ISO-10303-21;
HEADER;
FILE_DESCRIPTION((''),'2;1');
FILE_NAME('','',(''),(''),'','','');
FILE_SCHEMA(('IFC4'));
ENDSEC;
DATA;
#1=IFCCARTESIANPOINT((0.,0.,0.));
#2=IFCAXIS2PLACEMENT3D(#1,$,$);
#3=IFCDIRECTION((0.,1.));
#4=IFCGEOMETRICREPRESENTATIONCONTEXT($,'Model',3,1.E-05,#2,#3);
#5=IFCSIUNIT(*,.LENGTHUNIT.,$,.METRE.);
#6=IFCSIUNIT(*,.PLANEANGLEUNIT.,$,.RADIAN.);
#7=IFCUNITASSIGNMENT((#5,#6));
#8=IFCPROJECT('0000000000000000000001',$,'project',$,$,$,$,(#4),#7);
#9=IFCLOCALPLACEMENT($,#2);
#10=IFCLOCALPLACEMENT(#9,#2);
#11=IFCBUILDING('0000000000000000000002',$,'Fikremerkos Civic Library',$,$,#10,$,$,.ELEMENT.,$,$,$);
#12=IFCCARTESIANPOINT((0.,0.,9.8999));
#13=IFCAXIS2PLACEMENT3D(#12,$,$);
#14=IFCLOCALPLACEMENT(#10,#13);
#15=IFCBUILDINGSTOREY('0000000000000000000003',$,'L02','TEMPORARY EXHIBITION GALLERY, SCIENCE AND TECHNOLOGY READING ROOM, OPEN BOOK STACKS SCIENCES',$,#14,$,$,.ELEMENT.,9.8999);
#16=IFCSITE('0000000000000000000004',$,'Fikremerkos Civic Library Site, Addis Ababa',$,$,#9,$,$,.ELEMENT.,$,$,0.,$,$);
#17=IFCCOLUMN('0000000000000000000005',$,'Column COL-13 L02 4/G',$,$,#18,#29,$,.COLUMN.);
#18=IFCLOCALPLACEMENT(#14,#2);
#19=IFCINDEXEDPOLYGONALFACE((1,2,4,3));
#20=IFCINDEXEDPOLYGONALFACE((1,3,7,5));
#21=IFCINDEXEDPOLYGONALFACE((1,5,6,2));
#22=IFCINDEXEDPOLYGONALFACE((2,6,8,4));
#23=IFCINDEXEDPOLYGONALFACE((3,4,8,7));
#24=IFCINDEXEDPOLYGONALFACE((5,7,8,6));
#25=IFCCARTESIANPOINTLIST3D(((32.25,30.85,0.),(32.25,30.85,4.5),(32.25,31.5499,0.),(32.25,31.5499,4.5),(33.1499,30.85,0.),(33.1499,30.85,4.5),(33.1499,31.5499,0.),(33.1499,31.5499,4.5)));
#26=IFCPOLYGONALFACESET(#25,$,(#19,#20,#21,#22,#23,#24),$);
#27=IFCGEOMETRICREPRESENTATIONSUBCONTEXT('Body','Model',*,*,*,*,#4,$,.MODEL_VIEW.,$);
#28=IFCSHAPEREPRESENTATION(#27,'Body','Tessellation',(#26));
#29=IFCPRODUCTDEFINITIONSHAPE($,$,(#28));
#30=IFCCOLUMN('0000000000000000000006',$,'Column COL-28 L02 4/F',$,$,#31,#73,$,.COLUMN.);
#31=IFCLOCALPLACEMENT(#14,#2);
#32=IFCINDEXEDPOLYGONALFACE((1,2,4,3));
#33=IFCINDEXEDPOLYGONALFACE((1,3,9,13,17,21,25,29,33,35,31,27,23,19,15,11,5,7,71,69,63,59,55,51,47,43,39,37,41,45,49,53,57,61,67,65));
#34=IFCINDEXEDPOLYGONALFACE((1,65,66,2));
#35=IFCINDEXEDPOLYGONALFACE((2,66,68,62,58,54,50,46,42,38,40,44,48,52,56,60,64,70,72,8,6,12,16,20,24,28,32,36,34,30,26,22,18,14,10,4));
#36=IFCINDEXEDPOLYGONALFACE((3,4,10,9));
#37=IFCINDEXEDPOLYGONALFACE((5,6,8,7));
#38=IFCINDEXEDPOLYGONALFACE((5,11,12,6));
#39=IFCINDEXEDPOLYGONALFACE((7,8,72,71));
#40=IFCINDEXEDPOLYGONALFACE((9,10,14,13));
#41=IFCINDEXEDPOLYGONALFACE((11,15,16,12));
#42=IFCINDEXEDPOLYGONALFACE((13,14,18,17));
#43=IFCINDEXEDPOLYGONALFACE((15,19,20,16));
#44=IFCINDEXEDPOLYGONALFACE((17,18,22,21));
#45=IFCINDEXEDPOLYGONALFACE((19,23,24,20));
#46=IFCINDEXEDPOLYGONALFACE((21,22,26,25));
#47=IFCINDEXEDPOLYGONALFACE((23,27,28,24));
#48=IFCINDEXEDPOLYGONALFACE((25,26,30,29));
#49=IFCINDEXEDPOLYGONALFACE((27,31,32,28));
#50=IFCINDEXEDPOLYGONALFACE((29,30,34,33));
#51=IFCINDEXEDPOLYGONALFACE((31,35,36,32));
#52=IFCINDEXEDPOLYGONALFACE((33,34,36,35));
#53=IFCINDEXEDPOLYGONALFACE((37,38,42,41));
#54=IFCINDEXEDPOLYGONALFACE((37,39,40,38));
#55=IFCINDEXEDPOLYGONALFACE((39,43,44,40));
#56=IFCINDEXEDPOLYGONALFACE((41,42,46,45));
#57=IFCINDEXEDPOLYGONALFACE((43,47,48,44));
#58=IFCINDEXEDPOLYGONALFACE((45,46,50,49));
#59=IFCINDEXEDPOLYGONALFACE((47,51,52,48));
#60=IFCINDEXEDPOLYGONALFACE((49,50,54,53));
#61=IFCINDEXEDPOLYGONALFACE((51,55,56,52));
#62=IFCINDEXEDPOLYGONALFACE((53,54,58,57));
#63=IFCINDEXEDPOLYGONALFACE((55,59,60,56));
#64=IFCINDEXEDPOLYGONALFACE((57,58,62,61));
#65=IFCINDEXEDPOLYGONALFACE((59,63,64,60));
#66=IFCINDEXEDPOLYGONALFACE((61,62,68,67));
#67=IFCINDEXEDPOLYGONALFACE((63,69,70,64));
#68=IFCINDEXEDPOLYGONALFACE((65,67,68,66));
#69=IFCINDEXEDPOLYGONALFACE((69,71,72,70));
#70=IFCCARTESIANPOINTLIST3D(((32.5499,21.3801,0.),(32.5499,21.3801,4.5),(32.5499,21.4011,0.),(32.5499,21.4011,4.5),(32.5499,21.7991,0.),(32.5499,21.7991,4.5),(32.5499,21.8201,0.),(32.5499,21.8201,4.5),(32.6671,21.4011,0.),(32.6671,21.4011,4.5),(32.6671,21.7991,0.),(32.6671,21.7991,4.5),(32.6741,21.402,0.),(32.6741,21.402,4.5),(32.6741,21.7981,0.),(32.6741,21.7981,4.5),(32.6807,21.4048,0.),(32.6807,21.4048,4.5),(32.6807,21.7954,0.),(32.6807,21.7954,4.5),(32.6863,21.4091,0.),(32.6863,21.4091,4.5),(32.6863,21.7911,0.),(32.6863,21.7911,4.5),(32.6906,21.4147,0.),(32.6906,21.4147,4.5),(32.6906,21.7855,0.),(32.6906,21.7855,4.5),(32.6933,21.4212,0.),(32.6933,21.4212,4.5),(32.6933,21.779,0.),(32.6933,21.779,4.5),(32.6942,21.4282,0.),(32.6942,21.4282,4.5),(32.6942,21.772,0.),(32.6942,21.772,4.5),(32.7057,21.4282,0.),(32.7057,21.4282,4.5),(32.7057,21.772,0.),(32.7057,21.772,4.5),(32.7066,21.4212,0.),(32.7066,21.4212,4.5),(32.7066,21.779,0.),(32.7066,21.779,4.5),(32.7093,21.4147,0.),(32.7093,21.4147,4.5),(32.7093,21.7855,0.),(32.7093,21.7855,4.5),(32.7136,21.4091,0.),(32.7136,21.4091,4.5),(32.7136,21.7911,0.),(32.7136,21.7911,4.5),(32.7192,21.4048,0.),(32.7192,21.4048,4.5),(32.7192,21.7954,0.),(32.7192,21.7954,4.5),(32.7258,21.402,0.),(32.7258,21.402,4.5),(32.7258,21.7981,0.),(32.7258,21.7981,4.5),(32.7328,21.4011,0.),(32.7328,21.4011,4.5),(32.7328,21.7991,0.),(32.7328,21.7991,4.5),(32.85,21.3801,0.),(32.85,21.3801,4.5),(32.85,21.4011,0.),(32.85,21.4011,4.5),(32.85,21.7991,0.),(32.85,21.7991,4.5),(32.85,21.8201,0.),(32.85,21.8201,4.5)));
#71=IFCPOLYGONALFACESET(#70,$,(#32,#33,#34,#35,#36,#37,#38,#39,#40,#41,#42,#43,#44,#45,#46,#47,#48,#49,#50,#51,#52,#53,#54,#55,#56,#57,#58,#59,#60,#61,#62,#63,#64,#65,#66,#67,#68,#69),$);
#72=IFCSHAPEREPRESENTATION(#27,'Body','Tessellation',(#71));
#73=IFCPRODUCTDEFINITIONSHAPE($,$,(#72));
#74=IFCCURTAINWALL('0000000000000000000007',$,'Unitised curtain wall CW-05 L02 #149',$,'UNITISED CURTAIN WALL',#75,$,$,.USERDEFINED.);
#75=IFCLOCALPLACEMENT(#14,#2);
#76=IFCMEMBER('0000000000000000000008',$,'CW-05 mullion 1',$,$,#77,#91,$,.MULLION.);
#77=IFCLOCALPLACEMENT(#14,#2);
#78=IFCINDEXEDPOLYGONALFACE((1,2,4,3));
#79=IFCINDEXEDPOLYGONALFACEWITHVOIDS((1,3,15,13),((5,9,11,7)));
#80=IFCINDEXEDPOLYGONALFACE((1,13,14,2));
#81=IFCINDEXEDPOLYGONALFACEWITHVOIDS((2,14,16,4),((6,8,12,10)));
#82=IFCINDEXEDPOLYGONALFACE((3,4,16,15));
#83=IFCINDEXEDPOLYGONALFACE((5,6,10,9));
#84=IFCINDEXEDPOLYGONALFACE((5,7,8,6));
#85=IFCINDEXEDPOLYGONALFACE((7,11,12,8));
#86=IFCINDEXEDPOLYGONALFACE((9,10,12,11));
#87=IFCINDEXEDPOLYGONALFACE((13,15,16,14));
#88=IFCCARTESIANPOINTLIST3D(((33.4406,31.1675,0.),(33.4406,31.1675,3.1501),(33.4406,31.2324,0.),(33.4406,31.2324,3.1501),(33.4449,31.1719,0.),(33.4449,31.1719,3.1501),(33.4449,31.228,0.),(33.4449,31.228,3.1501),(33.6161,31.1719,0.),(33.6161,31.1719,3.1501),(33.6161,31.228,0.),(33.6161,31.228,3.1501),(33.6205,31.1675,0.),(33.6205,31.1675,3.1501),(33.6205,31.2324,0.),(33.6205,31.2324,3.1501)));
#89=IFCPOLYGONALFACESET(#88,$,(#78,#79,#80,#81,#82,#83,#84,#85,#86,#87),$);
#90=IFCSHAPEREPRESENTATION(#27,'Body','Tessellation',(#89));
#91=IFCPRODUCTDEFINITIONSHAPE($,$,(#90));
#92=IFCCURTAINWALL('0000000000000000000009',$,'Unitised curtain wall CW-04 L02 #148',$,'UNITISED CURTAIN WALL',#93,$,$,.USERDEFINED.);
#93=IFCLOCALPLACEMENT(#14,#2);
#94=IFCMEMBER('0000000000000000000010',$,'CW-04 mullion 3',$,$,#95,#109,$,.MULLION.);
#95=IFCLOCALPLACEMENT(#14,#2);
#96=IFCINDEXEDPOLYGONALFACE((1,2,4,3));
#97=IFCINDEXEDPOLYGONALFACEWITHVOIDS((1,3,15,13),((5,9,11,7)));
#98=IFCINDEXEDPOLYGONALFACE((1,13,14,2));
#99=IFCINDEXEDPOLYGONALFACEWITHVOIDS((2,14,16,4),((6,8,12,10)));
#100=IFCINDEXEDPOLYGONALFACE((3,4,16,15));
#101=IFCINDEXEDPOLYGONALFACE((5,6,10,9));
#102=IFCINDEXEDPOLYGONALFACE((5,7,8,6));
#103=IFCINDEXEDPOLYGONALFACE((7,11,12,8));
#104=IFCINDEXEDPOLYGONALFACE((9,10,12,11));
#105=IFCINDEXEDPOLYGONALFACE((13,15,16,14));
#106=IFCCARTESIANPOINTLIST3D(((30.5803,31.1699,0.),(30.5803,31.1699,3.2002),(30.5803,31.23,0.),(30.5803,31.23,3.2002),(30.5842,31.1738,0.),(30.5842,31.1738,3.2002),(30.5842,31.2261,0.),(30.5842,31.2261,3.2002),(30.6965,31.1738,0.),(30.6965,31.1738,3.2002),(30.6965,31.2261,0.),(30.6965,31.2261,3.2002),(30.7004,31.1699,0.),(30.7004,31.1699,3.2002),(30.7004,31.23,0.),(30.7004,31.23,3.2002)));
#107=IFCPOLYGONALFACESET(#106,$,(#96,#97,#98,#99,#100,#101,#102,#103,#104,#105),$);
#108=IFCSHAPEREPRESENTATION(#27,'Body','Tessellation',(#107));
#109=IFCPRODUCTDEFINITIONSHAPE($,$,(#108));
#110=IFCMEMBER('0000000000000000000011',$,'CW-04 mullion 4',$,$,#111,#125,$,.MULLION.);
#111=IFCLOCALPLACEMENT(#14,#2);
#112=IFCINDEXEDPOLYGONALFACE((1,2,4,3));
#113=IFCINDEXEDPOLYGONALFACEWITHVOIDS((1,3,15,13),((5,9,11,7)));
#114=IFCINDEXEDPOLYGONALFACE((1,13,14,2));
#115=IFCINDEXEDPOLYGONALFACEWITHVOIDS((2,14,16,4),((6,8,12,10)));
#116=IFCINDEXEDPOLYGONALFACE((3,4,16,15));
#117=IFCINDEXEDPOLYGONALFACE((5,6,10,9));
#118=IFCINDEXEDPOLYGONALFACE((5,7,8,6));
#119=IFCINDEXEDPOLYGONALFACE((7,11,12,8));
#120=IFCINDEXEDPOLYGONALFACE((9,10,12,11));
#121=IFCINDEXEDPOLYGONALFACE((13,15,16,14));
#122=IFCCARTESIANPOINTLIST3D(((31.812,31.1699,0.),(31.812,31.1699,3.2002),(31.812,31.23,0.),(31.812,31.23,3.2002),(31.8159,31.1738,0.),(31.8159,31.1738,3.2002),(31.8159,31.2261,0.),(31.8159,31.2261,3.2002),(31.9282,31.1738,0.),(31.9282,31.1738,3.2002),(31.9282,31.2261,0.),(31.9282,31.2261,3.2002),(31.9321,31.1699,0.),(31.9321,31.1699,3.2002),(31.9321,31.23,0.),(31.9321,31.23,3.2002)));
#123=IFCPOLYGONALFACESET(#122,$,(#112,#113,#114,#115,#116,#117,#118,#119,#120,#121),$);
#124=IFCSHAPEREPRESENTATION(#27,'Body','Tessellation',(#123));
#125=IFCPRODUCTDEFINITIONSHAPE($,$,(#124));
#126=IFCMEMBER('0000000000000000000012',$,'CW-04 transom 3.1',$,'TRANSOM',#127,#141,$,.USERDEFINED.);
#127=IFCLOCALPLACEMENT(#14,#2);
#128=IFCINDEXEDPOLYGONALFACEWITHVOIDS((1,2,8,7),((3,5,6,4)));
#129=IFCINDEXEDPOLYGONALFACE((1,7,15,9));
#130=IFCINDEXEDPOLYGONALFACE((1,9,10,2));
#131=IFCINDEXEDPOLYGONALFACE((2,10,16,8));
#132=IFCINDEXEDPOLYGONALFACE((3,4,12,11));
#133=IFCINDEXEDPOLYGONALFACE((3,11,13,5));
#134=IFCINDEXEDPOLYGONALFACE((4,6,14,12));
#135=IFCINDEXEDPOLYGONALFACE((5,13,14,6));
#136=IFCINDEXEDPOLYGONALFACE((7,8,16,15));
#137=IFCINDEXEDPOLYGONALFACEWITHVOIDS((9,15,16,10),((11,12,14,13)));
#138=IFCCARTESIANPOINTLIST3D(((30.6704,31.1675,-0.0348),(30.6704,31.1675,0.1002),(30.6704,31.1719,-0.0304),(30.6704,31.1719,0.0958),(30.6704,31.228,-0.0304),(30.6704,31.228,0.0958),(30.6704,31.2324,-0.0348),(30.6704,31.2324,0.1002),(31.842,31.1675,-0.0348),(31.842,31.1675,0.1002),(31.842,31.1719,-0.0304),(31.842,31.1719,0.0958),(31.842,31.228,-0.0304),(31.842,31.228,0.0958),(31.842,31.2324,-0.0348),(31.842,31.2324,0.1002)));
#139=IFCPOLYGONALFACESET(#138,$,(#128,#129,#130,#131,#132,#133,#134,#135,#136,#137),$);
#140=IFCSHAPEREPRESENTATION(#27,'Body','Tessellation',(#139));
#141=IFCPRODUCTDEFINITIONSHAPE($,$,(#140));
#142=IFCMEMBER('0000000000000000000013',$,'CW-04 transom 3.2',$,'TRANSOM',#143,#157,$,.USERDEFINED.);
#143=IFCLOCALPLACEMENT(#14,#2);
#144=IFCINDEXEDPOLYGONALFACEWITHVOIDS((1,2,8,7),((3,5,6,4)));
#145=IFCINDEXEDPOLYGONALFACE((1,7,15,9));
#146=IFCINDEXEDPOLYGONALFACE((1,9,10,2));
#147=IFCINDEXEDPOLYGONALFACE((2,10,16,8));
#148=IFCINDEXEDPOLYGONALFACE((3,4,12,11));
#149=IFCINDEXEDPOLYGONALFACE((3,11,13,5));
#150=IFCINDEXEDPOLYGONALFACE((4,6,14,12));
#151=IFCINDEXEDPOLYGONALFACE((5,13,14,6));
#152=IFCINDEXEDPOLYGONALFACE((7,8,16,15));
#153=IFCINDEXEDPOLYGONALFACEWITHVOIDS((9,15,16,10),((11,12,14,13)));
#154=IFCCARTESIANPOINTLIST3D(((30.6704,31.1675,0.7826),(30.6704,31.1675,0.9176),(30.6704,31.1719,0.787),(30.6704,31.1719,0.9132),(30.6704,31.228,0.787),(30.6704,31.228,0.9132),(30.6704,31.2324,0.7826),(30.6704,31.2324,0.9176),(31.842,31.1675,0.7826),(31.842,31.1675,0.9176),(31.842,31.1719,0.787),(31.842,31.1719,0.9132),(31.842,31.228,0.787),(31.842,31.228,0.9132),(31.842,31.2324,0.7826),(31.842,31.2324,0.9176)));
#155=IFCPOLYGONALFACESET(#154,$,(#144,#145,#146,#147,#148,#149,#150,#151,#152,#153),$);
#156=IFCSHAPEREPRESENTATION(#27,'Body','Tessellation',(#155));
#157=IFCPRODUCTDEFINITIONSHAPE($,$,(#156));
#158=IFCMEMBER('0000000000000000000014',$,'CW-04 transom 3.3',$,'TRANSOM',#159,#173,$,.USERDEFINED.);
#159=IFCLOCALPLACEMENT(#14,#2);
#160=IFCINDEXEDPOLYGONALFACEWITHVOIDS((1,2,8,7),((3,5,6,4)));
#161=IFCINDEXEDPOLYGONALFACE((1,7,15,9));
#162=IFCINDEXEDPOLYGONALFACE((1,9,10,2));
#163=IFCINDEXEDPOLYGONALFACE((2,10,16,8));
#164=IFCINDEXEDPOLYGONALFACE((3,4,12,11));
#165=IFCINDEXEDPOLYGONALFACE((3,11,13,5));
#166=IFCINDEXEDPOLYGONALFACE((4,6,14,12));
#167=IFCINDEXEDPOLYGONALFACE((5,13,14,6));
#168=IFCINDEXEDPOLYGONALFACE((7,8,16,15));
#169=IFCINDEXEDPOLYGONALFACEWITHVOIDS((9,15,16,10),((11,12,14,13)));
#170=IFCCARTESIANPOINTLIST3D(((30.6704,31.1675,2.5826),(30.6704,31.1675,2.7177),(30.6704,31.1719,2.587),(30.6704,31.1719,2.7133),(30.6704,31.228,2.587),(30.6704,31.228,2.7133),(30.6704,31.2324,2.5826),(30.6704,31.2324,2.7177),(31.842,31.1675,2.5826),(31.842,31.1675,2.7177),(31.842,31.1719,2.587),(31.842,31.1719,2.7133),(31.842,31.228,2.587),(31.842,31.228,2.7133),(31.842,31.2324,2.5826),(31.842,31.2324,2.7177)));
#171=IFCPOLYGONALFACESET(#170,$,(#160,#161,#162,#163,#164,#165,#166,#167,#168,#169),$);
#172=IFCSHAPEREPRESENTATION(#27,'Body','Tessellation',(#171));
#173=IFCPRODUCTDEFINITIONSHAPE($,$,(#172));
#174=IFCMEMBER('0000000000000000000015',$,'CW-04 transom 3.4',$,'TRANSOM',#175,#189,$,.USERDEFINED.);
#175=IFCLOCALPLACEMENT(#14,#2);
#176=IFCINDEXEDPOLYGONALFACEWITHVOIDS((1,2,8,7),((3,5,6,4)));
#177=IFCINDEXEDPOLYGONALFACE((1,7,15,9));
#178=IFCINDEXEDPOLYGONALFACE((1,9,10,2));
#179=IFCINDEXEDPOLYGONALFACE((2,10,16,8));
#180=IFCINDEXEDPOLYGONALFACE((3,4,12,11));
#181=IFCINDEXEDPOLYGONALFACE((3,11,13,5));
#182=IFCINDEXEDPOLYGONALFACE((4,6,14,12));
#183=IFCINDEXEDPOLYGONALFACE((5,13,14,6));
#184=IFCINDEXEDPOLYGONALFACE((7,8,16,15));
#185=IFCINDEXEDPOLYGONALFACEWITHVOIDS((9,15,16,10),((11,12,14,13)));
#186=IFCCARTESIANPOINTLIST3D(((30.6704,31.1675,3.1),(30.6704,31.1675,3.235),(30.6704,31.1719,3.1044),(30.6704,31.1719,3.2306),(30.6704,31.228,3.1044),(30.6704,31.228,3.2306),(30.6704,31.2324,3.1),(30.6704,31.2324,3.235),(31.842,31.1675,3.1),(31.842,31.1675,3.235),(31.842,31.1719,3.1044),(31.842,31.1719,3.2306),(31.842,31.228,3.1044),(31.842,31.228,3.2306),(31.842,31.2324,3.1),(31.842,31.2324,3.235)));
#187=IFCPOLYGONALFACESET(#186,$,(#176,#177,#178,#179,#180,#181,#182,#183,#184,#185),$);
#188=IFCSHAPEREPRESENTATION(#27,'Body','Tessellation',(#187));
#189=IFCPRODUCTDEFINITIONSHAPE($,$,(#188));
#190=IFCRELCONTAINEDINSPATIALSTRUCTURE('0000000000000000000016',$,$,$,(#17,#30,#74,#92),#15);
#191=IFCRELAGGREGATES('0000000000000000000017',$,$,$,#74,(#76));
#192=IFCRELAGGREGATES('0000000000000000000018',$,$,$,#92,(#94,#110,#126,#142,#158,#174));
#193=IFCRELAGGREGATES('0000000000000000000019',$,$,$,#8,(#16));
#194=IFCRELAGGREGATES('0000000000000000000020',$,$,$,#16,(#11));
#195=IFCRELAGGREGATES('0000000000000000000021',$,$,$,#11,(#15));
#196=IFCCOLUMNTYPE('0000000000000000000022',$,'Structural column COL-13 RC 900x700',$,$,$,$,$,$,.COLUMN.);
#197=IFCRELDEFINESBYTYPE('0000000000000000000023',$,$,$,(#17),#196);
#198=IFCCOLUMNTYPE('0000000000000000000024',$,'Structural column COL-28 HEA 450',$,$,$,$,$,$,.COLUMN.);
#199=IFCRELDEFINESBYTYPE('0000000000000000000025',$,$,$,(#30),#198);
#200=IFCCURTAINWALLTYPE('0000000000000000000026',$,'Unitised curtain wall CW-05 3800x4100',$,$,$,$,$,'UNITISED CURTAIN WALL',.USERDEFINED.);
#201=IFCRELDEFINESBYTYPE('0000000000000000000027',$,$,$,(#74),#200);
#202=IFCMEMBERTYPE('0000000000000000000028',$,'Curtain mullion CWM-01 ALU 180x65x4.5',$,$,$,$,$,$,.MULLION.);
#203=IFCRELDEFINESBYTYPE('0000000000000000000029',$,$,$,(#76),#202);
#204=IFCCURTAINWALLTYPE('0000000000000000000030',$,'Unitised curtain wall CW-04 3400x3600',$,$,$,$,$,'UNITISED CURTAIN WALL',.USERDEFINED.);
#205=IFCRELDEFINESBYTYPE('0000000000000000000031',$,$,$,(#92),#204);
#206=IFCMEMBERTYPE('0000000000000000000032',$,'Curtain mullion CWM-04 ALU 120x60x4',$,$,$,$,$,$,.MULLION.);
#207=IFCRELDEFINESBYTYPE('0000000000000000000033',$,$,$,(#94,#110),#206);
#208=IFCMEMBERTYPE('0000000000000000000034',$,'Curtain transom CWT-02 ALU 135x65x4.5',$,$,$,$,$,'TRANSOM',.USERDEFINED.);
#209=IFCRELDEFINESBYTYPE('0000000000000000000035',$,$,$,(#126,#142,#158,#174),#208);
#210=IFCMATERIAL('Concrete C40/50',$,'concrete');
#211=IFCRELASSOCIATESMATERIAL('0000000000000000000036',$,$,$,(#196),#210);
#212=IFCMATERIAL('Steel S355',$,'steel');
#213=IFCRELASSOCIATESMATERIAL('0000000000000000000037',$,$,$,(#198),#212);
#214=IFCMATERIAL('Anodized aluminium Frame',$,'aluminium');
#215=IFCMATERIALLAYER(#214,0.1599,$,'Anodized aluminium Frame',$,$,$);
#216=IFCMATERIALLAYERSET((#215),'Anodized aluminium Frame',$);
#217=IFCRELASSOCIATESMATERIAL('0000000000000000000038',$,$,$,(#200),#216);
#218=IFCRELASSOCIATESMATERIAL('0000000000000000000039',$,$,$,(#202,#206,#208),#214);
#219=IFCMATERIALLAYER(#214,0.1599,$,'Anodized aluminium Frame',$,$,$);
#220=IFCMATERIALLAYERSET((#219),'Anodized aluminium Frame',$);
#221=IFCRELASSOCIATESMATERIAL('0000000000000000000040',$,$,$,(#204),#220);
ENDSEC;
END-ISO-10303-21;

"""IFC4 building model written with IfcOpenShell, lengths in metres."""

from ifc_helpers import new_model, si_unit, direction, frame, origin, origin_2d, place, context, subcontext, project, spatial, rectangle, hollow_rectangle, i_section, extrude, material, layer, layer_set, material_profile, profile_set, type_object, element, aggregate, save


model = new_model("IFC4")

# Units and contexts
model_context = context("Model", 3, precision=1e-05, world=origin(), true_north=direction((0.0, 1.0)))
body_context = subcontext(model_context, "Body", "Model", "MODEL_VIEW")
ifc_project = project(units=[si_unit("LENGTHUNIT", "METRE"), si_unit("PLANEANGLEUNIT", "RADIAN")], contexts=[model_context])

# Site, building, storey
site_placement = place(None, origin())
site = spatial("IfcSite", under=ifc_project, at=site_placement, Name="Fikremerkos Civic Library Site, Addis Ababa", CompositionType="ELEMENT", RefElevation=0.0)
building_placement = place(site_placement, origin())
building = spatial("IfcBuilding", under=site, at=building_placement, Name="Fikremerkos Civic Library", CompositionType="ELEMENT")
storey_placement = place(building_placement, frame((0.0, 0.0, 9.8999)))
storey = spatial("IfcBuildingStorey", under=building, at=storey_placement, Name="L02", Description="TEMPORARY EXHIBITION GALLERY, SCIENCE AND TECHNOLOGY READING ROOM, OPEN BOOK STACKS SCIENCES", CompositionType="ELEMENT", Elevation=9.8999)

# Columns
ifc_material_1 = material(Name="Concrete C40/50", Category="concrete")
ifc_material_profile_1 = material_profile(ifc_material_1, rectangle(XDim=0.8999, YDim=0.7, at=origin_2d()), Name="RC 900x700")
ifc_profile_set_1 = profile_set([ifc_material_profile_1], Name="Concrete C40/50")
column_type_1 = type_object("IfcColumnType", Name="Structural column COL-13 RC 900x700", PredefinedType="COLUMN", material=ifc_profile_set_1)
column_1_placement = place(storey_placement, frame((32.7, 31.2, 0.0), z_axis=(0.0, 0.0, 1.0), x_axis=(1.0, 0.0, 0.0)))
element("IfcColumn", 1, at=column_1_placement, inside=storey, type_object=column_type_1, Name="Column COL-13 L02 4/G", PredefinedType="COLUMN", context=body_context, shape_type="SweptSolid", body=[
    extrude(rectangle(XDim=0.8999, YDim=0.7, at=origin_2d()), origin(), (0.0, 0.0, 1.0), 4.5),
])
ifc_material_2 = material(Name="Steel S355", Category="steel")
ifc_material_profile_2 = material_profile(ifc_material_2, i_section(OverallWidth=0.3, OverallDepth=0.4399, WebThickness=0.0115, FlangeThickness=0.021, FilletRadius=0.0271, at=origin_2d()), Name="HEA 450")
ifc_profile_set_2 = profile_set([ifc_material_profile_2], Name="Steel S355")
column_type_2 = type_object("IfcColumnType", Name="Structural column COL-28 HEA 450", PredefinedType="COLUMN", material=ifc_profile_set_2)
column_2_placement = place(storey_placement, frame((32.7, 21.6001, 0.0), z_axis=(0.0, 0.0, 1.0), x_axis=(1.0, 0.0, 0.0)))
element("IfcColumn", 2, at=column_2_placement, inside=storey, type_object=column_type_2, Name="Column COL-28 L02 4/F", PredefinedType="COLUMN", context=body_context, shape_type="SweptSolid", body=[
    extrude(i_section(OverallWidth=0.3, OverallDepth=0.4399, WebThickness=0.0115, FlangeThickness=0.021, FilletRadius=0.0271, at=origin_2d()), origin(), (0.0, 0.0, 1.0), 4.5),
])

# Curtain wall, member
ifc_material_3 = material(Name="Anodized aluminium Frame", Category="aluminium")
ifc_layer_1 = layer(ifc_material_3, 0.1599, Name="Anodized aluminium Frame")
ifc_layer_set_1 = layer_set([ifc_layer_1], Name="Anodized aluminium Frame")
curtain_wall_type_1 = type_object("IfcCurtainWallType", Name="Unitised curtain wall CW-05 3800x4100", ElementType="UNITISED CURTAIN WALL", PredefinedType="USERDEFINED", material=ifc_layer_set_1)
curtain_wall_1_placement = place(storey_placement, origin())
curtain_wall_1 = element("IfcCurtainWall", 3, at=curtain_wall_1_placement, inside=storey, type_object=curtain_wall_type_1, Name="Unitised curtain wall CW-05 L02 #149", ObjectType="UNITISED CURTAIN WALL", PredefinedType="USERDEFINED")
ifc_material_profile_3 = material_profile(ifc_material_3, hollow_rectangle(XDim=0.0649, YDim=0.1799, WallThickness=0.0044, at=origin_2d()), Name="ALU 180x65x4.5")
ifc_profile_set_3 = profile_set([ifc_material_profile_3], Name="Anodized aluminium Frame")
member_type_1 = type_object("IfcMemberType", Name="Curtain mullion CWM-01 ALU 180x65x4.5", PredefinedType="MULLION", material=ifc_profile_set_3)
member_1_placement = place(storey_placement, frame((33.5305, 31.2, 0.0), z_axis=(0.0, 0.0, 1.0), x_axis=(0.0, 1.0, 0.0)))
member_1 = element("IfcMember", 4, at=member_1_placement, type_object=member_type_1, Name="CW-05 mullion 1", PredefinedType="MULLION", context=body_context, shape_type="SweptSolid", body=[
    extrude(hollow_rectangle(XDim=0.0649, YDim=0.1799, WallThickness=0.0044, at=origin_2d()), origin(), (0.0, 0.0, 1.0), 3.1501),
])

# Curtain wall, members
ifc_layer_2 = layer(ifc_material_3, 0.1599, Name="Anodized aluminium Frame")
ifc_layer_set_2 = layer_set([ifc_layer_2], Name="Anodized aluminium Frame")
curtain_wall_type_2 = type_object("IfcCurtainWallType", Name="Unitised curtain wall CW-04 3400x3600", ElementType="UNITISED CURTAIN WALL", PredefinedType="USERDEFINED", material=ifc_layer_set_2)
curtain_wall_2_placement = place(storey_placement, origin())
curtain_wall_2 = element("IfcCurtainWall", 5, at=curtain_wall_2_placement, inside=storey, type_object=curtain_wall_type_2, Name="Unitised curtain wall CW-04 L02 #148", ObjectType="UNITISED CURTAIN WALL", PredefinedType="USERDEFINED")
ifc_material_profile_4 = material_profile(ifc_material_3, hollow_rectangle(XDim=0.0601, YDim=0.1201, WallThickness=0.0039, at=origin_2d()), Name="ALU 120x60x4")
ifc_profile_set_4 = profile_set([ifc_material_profile_4], Name="Anodized aluminium Frame")
member_type_2 = type_object("IfcMemberType", Name="Curtain mullion CWM-04 ALU 120x60x4", PredefinedType="MULLION", material=ifc_profile_set_4)
member_2_placement = place(storey_placement, frame((30.6404, 31.2, 0.0), z_axis=(0.0, 0.0, 1.0), x_axis=(0.0, 1.0, 0.0)))
member_2 = element("IfcMember", 6, at=member_2_placement, type_object=member_type_2, Name="CW-04 mullion 3", PredefinedType="MULLION", context=body_context, shape_type="SweptSolid", body=[
    extrude(hollow_rectangle(XDim=0.0601, YDim=0.1201, WallThickness=0.0039, at=origin_2d()), origin(), (0.0, 0.0, 1.0), 3.2002),
])
member_3_placement = place(storey_placement, frame((31.8721, 31.2, 0.0), z_axis=(0.0, 0.0, 1.0), x_axis=(0.0, 1.0, 0.0)))
member_3 = element("IfcMember", 7, at=member_3_placement, type_object=member_type_2, Name="CW-04 mullion 4", PredefinedType="MULLION", context=body_context, shape_type="SweptSolid", body=[
    extrude(hollow_rectangle(XDim=0.0601, YDim=0.1201, WallThickness=0.0039, at=origin_2d()), origin(), (0.0, 0.0, 1.0), 3.2002),
])
ifc_material_profile_5 = material_profile(ifc_material_3, hollow_rectangle(XDim=0.0649, YDim=0.135, WallThickness=0.0044, at=origin_2d()), Name="ALU 135x65x4.5")
ifc_profile_set_5 = profile_set([ifc_material_profile_5], Name="Anodized aluminium Frame")
member_type_3 = type_object("IfcMemberType", Name="Curtain transom CWT-02 ALU 135x65x4.5", ElementType="TRANSOM", PredefinedType="USERDEFINED", material=ifc_profile_set_5)
member_4_placement = place(storey_placement, frame((30.6704, 31.2, 0.0327), z_axis=(1.0, 0.0, 0.0), x_axis=(0.0, 1.0, 0.0)))
member_4 = element("IfcMember", 8, at=member_4_placement, type_object=member_type_3, Name="CW-04 transom 3.1", ObjectType="TRANSOM", PredefinedType="USERDEFINED", context=body_context, shape_type="SweptSolid", body=[
    extrude(hollow_rectangle(XDim=0.0649, YDim=0.135, WallThickness=0.0044, at=origin_2d()), origin(), (0.0, 0.0, 1.0), 1.1716),
])
member_5_placement = place(storey_placement, frame((30.6704, 31.2, 0.8501), z_axis=(1.0, 0.0, 0.0), x_axis=(0.0, 1.0, 0.0)))
member_5 = element("IfcMember", 9, at=member_5_placement, type_object=member_type_3, Name="CW-04 transom 3.2", ObjectType="TRANSOM", PredefinedType="USERDEFINED", context=body_context, shape_type="SweptSolid", body=[
    extrude(hollow_rectangle(XDim=0.0649, YDim=0.135, WallThickness=0.0044, at=origin_2d()), origin(), (0.0, 0.0, 1.0), 1.1716),
])
member_6_placement = place(storey_placement, frame((30.6704, 31.2, 2.6501), z_axis=(1.0, 0.0, 0.0), x_axis=(0.0, 1.0, 0.0)))
member_6 = element("IfcMember", 10, at=member_6_placement, type_object=member_type_3, Name="CW-04 transom 3.3", ObjectType="TRANSOM", PredefinedType="USERDEFINED", context=body_context, shape_type="SweptSolid", body=[
    extrude(hollow_rectangle(XDim=0.0649, YDim=0.135, WallThickness=0.0044, at=origin_2d()), origin(), (0.0, 0.0, 1.0), 1.1716),
])
member_7_placement = place(storey_placement, frame((30.6704, 31.2, 3.1675), z_axis=(1.0, 0.0, 0.0), x_axis=(0.0, 1.0, 0.0)))
member_7 = element("IfcMember", 11, at=member_7_placement, type_object=member_type_3, Name="CW-04 transom 3.4", ObjectType="TRANSOM", PredefinedType="USERDEFINED", context=body_context, shape_type="SweptSolid", body=[
    extrude(hollow_rectangle(XDim=0.0649, YDim=0.135, WallThickness=0.0044, at=origin_2d()), origin(), (0.0, 0.0, 1.0), 1.1716),
])

aggregate(curtain_wall_1, [member_1])

aggregate(curtain_wall_2, [member_2, member_3, member_4, member_5, member_6, member_7])

save(model, "model.ifc")
